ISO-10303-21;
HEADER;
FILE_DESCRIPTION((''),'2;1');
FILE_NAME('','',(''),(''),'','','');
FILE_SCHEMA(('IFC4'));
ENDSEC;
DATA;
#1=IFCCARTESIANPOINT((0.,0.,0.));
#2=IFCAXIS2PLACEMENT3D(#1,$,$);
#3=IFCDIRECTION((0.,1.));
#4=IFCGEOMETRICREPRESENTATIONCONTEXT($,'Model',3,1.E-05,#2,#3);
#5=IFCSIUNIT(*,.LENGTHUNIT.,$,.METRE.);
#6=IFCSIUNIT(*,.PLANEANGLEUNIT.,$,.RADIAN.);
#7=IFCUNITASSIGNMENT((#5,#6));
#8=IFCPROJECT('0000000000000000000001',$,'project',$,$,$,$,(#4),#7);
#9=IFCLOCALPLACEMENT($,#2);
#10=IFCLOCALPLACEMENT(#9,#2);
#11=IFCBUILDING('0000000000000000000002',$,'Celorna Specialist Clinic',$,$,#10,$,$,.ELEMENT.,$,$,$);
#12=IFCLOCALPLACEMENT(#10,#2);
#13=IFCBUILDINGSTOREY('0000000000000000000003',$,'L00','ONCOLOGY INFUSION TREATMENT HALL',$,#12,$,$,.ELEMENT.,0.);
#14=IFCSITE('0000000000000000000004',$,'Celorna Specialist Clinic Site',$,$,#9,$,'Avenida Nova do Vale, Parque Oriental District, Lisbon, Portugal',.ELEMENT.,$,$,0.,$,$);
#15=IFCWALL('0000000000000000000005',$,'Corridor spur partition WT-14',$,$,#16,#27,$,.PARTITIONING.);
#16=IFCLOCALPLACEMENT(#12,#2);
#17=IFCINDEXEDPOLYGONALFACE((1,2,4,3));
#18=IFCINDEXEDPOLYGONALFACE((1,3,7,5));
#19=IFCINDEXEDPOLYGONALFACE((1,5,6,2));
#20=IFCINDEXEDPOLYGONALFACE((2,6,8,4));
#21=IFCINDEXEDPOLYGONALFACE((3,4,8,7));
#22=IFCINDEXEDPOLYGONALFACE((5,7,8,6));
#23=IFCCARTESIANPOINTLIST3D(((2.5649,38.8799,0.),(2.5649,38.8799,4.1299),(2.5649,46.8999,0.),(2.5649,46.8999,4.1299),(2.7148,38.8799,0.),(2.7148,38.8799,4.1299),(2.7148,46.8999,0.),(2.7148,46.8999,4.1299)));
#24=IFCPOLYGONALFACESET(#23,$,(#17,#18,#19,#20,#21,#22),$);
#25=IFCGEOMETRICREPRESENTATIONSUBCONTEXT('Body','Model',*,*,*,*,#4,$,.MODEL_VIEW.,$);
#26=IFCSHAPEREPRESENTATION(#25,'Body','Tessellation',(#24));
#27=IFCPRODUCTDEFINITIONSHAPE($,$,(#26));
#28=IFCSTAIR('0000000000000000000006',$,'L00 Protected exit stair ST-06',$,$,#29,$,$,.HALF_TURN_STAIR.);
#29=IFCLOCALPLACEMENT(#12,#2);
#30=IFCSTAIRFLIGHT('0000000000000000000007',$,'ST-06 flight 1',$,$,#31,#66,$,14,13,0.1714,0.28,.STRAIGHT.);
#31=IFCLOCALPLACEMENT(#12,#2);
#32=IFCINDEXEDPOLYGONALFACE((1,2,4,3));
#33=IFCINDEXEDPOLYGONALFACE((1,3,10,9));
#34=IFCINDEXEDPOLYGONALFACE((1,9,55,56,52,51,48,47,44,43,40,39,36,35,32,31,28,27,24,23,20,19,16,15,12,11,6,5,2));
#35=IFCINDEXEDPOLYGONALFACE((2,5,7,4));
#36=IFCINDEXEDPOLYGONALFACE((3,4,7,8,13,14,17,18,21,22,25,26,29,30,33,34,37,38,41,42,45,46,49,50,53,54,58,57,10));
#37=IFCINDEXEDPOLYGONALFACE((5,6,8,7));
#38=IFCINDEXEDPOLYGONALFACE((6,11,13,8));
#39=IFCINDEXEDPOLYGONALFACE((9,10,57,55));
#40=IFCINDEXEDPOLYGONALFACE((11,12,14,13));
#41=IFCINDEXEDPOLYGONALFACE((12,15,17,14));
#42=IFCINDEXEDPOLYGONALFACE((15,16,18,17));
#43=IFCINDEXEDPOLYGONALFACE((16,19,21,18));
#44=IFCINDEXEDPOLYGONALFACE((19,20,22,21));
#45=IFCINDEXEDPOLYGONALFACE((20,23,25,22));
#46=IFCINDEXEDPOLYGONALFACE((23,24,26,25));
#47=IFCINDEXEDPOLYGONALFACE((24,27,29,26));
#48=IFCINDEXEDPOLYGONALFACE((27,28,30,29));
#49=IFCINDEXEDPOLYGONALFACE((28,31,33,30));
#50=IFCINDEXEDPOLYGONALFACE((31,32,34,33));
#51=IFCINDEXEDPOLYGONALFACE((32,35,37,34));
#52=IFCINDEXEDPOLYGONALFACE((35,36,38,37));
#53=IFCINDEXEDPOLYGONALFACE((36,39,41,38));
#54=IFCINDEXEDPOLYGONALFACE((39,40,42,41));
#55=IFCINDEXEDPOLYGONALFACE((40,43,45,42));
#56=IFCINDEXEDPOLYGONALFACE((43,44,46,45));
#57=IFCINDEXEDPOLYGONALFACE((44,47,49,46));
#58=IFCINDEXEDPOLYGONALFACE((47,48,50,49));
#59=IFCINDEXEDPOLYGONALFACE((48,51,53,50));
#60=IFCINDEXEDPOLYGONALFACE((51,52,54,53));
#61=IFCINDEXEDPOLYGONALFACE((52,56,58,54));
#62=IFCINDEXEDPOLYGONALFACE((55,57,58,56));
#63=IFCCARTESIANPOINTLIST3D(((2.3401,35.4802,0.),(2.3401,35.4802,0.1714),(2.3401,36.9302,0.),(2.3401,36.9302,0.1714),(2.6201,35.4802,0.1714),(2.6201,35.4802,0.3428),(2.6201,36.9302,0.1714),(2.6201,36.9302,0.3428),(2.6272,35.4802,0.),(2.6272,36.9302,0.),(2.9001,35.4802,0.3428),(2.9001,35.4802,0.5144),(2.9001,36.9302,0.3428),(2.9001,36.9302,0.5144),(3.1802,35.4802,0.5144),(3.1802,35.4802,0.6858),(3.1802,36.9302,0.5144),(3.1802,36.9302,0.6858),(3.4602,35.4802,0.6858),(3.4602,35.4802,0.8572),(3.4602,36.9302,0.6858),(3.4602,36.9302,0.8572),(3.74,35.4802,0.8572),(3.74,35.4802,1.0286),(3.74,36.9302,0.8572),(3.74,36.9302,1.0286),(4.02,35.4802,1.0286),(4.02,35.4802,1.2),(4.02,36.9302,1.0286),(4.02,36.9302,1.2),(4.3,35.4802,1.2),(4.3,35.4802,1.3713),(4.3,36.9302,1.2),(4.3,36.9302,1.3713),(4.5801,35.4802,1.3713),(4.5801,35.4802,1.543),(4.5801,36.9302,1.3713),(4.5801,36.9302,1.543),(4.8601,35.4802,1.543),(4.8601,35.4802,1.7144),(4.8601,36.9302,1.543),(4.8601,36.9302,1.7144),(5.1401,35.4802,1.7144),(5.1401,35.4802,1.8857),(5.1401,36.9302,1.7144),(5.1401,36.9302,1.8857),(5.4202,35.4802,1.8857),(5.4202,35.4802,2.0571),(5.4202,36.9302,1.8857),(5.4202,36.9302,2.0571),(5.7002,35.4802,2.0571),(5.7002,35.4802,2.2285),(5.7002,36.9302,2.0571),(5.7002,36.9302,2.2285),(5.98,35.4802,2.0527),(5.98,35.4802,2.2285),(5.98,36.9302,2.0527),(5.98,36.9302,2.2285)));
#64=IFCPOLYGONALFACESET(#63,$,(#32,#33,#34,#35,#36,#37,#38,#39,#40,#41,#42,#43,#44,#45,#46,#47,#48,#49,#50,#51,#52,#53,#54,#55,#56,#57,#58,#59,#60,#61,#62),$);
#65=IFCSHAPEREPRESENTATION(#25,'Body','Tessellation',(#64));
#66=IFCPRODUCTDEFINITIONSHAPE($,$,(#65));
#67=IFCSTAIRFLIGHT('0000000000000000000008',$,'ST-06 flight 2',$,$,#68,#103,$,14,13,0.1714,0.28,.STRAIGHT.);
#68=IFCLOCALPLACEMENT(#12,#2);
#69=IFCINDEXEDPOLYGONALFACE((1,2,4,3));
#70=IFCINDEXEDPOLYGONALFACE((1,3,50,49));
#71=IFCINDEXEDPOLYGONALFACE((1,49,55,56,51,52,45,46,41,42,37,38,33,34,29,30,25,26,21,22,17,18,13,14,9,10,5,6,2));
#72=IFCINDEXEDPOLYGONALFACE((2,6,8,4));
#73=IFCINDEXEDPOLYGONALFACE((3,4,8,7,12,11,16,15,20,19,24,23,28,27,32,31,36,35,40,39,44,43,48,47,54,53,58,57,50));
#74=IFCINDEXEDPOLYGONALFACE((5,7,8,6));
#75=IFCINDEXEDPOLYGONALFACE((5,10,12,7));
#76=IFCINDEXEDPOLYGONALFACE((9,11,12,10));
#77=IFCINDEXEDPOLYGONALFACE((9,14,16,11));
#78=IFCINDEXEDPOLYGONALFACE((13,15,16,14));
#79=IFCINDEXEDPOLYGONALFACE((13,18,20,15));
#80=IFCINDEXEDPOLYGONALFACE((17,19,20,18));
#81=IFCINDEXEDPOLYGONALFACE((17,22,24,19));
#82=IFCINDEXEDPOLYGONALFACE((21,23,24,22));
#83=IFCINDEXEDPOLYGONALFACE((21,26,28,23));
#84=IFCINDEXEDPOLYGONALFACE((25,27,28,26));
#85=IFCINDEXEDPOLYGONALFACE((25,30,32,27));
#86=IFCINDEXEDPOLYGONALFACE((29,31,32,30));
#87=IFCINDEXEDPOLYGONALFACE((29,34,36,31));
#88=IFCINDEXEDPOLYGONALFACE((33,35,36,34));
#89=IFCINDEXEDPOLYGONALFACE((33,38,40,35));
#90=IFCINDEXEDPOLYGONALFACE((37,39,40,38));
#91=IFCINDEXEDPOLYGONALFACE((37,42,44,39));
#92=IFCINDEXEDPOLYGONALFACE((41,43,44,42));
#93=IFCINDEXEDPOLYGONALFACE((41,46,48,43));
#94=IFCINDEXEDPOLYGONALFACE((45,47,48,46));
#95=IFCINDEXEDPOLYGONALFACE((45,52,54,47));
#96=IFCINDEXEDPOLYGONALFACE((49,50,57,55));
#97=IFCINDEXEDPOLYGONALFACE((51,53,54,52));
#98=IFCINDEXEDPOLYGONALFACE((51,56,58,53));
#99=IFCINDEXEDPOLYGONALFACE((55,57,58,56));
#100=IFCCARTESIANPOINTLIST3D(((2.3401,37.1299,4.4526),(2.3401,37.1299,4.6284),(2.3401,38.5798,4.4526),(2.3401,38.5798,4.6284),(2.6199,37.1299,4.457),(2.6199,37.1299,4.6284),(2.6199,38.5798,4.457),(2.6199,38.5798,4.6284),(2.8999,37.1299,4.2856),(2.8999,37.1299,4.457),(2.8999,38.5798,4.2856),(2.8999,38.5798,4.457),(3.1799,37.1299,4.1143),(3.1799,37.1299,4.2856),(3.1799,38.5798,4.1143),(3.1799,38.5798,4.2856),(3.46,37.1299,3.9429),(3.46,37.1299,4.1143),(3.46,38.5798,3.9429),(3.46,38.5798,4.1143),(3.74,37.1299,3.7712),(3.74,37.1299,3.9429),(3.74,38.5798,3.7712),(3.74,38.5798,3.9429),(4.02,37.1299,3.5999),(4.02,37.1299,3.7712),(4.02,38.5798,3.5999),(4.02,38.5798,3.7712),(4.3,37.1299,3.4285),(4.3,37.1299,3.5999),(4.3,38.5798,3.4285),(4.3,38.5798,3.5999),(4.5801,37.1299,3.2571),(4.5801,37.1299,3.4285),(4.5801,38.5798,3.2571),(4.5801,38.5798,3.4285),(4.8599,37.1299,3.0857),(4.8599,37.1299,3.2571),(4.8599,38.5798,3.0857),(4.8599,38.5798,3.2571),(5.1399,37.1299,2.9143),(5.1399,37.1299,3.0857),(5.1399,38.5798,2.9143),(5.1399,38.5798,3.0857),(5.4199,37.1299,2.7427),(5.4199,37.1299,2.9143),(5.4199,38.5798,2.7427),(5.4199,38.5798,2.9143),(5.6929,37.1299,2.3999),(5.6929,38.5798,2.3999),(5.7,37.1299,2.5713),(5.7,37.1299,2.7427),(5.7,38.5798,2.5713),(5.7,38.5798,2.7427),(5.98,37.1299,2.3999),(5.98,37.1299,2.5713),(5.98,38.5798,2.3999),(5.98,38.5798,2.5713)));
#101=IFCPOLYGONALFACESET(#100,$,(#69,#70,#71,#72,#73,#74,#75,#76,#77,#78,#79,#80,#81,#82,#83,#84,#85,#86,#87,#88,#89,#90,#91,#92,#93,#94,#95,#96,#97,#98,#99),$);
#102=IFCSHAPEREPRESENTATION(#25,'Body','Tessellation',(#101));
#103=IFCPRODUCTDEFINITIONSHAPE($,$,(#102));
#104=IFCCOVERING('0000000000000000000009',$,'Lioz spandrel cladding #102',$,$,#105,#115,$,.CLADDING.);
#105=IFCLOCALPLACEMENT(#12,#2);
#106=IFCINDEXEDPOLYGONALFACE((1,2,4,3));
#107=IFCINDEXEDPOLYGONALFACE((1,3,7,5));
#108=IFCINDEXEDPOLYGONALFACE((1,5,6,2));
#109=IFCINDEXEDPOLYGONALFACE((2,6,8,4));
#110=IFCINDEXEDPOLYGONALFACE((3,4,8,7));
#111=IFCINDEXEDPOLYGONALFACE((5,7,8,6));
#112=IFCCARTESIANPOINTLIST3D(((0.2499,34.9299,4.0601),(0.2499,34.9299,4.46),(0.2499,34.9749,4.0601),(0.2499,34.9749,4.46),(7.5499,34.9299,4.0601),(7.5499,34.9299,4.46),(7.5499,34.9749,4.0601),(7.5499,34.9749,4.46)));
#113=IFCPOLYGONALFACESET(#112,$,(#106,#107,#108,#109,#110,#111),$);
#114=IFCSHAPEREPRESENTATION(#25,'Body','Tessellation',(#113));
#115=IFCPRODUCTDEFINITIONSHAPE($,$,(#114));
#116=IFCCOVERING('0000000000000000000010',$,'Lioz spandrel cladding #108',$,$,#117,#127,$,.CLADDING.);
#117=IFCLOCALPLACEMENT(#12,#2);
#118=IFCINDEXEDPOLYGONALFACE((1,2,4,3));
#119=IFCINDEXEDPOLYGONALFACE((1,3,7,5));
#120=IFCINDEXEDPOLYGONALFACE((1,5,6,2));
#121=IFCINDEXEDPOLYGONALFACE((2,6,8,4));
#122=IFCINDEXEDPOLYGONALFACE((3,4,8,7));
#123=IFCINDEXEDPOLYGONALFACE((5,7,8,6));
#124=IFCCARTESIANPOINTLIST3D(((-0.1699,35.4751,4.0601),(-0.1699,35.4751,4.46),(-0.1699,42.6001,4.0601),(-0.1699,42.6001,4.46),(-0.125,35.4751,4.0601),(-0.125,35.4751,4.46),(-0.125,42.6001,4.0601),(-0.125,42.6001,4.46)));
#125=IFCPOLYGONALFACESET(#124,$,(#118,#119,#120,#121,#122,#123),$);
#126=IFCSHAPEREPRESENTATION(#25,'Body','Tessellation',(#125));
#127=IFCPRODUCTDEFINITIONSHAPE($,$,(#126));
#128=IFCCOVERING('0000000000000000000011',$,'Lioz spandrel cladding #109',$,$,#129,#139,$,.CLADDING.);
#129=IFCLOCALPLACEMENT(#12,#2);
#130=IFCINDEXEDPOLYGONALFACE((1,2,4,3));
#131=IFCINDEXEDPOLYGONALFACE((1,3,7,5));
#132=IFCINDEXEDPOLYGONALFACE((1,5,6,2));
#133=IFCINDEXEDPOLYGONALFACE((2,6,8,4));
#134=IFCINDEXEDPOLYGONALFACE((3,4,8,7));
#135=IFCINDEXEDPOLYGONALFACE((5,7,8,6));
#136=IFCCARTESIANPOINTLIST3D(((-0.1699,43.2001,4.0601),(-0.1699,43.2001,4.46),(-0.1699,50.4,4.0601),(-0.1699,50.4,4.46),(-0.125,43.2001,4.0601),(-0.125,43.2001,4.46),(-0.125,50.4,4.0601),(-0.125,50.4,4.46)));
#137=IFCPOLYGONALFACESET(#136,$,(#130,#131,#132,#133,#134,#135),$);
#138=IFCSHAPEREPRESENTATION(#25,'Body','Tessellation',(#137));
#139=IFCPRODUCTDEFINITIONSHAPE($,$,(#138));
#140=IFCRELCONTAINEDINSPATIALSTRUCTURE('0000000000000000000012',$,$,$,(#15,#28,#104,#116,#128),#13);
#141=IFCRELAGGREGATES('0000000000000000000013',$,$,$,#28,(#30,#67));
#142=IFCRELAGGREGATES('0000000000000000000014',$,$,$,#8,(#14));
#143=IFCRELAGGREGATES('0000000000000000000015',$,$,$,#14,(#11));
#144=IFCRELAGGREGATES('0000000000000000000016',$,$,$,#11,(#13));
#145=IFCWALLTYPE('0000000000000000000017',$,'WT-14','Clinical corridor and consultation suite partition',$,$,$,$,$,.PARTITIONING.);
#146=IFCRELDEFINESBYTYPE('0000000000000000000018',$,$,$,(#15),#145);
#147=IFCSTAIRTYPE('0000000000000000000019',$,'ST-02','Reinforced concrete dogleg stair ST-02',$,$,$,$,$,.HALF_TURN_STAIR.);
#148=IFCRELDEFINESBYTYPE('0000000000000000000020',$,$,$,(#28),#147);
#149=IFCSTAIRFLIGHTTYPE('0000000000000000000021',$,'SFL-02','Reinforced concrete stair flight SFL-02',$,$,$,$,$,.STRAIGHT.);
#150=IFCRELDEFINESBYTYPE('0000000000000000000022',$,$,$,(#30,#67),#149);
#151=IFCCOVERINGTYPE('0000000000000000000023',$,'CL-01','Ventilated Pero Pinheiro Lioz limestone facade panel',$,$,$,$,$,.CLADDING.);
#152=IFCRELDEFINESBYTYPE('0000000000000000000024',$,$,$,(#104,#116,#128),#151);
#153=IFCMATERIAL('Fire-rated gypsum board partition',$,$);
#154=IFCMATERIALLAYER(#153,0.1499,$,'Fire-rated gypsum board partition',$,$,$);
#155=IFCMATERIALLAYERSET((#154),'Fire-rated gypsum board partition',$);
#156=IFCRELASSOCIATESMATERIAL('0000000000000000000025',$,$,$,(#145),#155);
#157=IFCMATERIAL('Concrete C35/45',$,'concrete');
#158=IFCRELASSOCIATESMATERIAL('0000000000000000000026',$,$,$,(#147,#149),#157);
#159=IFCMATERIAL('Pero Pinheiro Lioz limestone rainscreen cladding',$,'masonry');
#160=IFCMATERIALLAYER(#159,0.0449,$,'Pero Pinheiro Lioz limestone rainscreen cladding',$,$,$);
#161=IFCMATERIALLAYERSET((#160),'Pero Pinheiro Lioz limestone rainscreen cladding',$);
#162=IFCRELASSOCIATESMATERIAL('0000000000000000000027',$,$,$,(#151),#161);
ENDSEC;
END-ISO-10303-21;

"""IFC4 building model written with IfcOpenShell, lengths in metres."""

from ifc_helpers import new_model, si_unit, direction, frame, frame_2d, origin, origin_2d, place, context, subcontext, project, spatial, polyline, rectangle, outline, extrude, material, layer, layer_set, type_object, element, aggregate, save


model = new_model("IFC4")

# Units and contexts
model_context = context("Model", 3, precision=1e-05, world=origin(), true_north=direction((0.0, 1.0)))
body_context = subcontext(model_context, "Body", "Model", "MODEL_VIEW")
ifc_project = project(units=[si_unit("LENGTHUNIT", "METRE"), si_unit("PLANEANGLEUNIT", "RADIAN")], contexts=[model_context])

# Site, building, storey
site_placement = place(None, origin())
site = spatial("IfcSite", under=ifc_project, at=site_placement, Name="Celorna Specialist Clinic Site", LongName="Avenida Nova do Vale, Parque Oriental District, Lisbon, Portugal", CompositionType="ELEMENT", RefElevation=0.0)
building_placement = place(site_placement, origin())
building = spatial("IfcBuilding", under=site, at=building_placement, Name="Celorna Specialist Clinic", CompositionType="ELEMENT")
storey_placement = place(building_placement, origin())
storey = spatial("IfcBuildingStorey", under=building, at=storey_placement, Name="L00", Description="ONCOLOGY INFUSION TREATMENT HALL", CompositionType="ELEMENT", Elevation=0.0)

# Shared definitions
ifc_material_1 = material(Name="Concrete C35/45", Category="concrete")

# Wall
ifc_material_2 = material(Name="Fire-rated gypsum board partition")
ifc_layer_1 = layer(ifc_material_2, 0.1499, Name="Fire-rated gypsum board partition")
ifc_layer_set_1 = layer_set([ifc_layer_1], Name="Fire-rated gypsum board partition")
wall_type_1 = type_object("IfcWallType", Name="WT-14", Description="Clinical corridor and consultation suite partition", PredefinedType="PARTITIONING", material=ifc_layer_set_1)
wall_1_placement = place(storey_placement, frame((2.6399, 38.8799, 0.0), z_axis=(0.0, 0.0, 1.0), x_axis=(0.0, 1.0, 0.0)))
element("IfcWall", 1, at=wall_1_placement, inside=storey, type_object=wall_type_1, Name="Corridor spur partition WT-14", PredefinedType="PARTITIONING", context=body_context, shape_type="SweptSolid", body=[
    extrude(rectangle(XDim=8.02, YDim=0.1499, at=frame_2d((4.01, 0.0))), origin(), (0.0, 0.0, 1.0), 4.1299),
])

# Stair, stair flights
stair_type = type_object("IfcStairType", Name="ST-02", Description="Reinforced concrete dogleg stair ST-02", PredefinedType="HALF_TURN_STAIR", material=ifc_material_1)
stair_placement = place(storey_placement, origin())
stair = element("IfcStair", 2, at=stair_placement, inside=storey, type_object=stair_type, Name="L00 Protected exit stair ST-06", PredefinedType="HALF_TURN_STAIR")
stair_flight_type = type_object("IfcStairFlightType", Name="SFL-02", Description="Reinforced concrete stair flight SFL-02", PredefinedType="STRAIGHT", material=ifc_material_1)
stair_flight_1_placement = place(storey_placement, frame((2.3401, 36.2051, 0.0), z_axis=(0.0, 0.0, 1.0), x_axis=(1.0, 0.0, 0.0)))
stair_flight_1 = element("IfcStairFlight", 3, at=stair_flight_1_placement, type_object=stair_flight_type, Name="ST-06 flight 1", NumberOfRisers=14, NumberOfTreads=13, PredefinedType="STRAIGHT", RiserHeight=0.1714, TreadLength=0.28, context=body_context, shape_type="SweptSolid", body=[
    extrude(outline(polyline([(0.0, 0.0), (0.0, 0.1714), (0.28, 0.1714), (0.28, 0.3428), (0.5601, 0.3428), (0.5601, 0.5144), (0.8401, 0.5144), (0.8401, 0.6858), (1.1201, 0.6858), (1.1201, 0.8572), (1.3999, 0.8572), (1.3999, 1.0286), (1.6799, 1.0286), (1.6799, 1.2), (1.96, 1.2), (1.96, 1.3713), (2.24, 1.3713), (2.24, 1.543), (2.52, 1.543), (2.52, 1.7144), (2.8, 1.7144), (2.8, 1.8857), (3.0801, 1.8857), (3.0801, 2.0571), (3.3601, 2.0571), (3.3601, 2.2285), (3.6399, 2.2285), (3.6399, 2.3999), (3.6399, 2.0527), (0.2871, 0.0), (0.0, 0.0)])), frame((0.0, 0.7251, 0.0), z_axis=(0.0, -1.0, 0.0), x_axis=(1.0, 0.0, 0.0)), (0.0, 0.0, 1.0), 1.45),
])
stair_flight_2_placement = place(storey_placement, frame((5.98, 37.855, 2.3999), z_axis=(0.0, 0.0, 1.0), x_axis=(-1.0, 0.0, 0.0)))
stair_flight_2 = element("IfcStairFlight", 4, at=stair_flight_2_placement, type_object=stair_flight_type, Name="ST-06 flight 2", NumberOfRisers=14, NumberOfTreads=13, PredefinedType="STRAIGHT", RiserHeight=0.1714, TreadLength=0.28, context=body_context, shape_type="SweptSolid", body=[
    extrude(outline(polyline([(0.0, 0.0), (0.0, 0.1714), (0.28, 0.1714), (0.28, 0.3428), (0.5601, 0.3428), (0.5601, 0.5144), (0.8401, 0.5144), (0.8401, 0.6858), (1.1201, 0.6858), (1.1201, 0.8572), (1.3999, 0.8572), (1.3999, 1.0286), (1.6799, 1.0286), (1.6799, 1.2), (1.96, 1.2), (1.96, 1.3713), (2.24, 1.3713), (2.24, 1.543), (2.52, 1.543), (2.52, 1.7144), (2.8, 1.7144), (2.8, 1.8857), (3.0801, 1.8857), (3.0801, 2.0571), (3.3601, 2.0571), (3.3601, 2.2285), (3.6399, 2.2285), (3.6399, 2.3999), (3.6399, 2.0527), (0.2871, 0.0), (0.0, 0.0)])), frame((0.0, 0.7251, 0.0), z_axis=(0.0, -1.0, 0.0), x_axis=(1.0, 0.0, 0.0)), (0.0, 0.0, 1.0), 1.45),
])
aggregate(stair, [stair_flight_1, stair_flight_2])

# Coverings
ifc_material_3 = material(Name="Pero Pinheiro Lioz limestone rainscreen cladding", Category="masonry")
ifc_layer_2 = layer(ifc_material_3, 0.0449, Name="Pero Pinheiro Lioz limestone rainscreen cladding")
ifc_layer_set_2 = layer_set([ifc_layer_2], Name="Pero Pinheiro Lioz limestone rainscreen cladding")
covering_type = type_object("IfcCoveringType", Name="CL-01", Description="Ventilated Pero Pinheiro Lioz limestone facade panel", PredefinedType="CLADDING", material=ifc_layer_set_2)
covering_1_placement = place(storey_placement, frame((3.8999, 34.9524, 4.0601), z_axis=(0.0, 0.0, 1.0), x_axis=(-1.0, 0.0, 0.0)))
element("IfcCovering", 5, at=covering_1_placement, inside=storey, type_object=covering_type, Name="Lioz spandrel cladding #102", PredefinedType="CLADDING", context=body_context, shape_type="SweptSolid", body=[
    extrude(rectangle(XDim=7.3, YDim=0.0449, at=origin_2d()), origin(), (0.0, 0.0, 1.0), 0.3999),
])
covering_2_placement = place(storey_placement, frame((-0.1475, 39.0376, 4.0601), z_axis=(0.0, 0.0, 1.0), x_axis=(0.0, 1.0, 0.0)))
element("IfcCovering", 6, at=covering_2_placement, inside=storey, type_object=covering_type, Name="Lioz spandrel cladding #108", PredefinedType="CLADDING", context=body_context, shape_type="SweptSolid", body=[
    extrude(rectangle(XDim=7.125, YDim=0.0449, at=origin_2d()), origin(), (0.0, 0.0, 1.0), 0.3999),
])
covering_3_placement = place(storey_placement, frame((-0.1475, 46.8, 4.0601), z_axis=(0.0, 0.0, 1.0), x_axis=(0.0, 1.0, 0.0)))
element("IfcCovering", 7, at=covering_3_placement, inside=storey, type_object=covering_type, Name="Lioz spandrel cladding #109", PredefinedType="CLADDING", context=body_context, shape_type="SweptSolid", body=[
    extrude(rectangle(XDim=7.2, YDim=0.0449, at=origin_2d()), origin(), (0.0, 0.0, 1.0), 0.3999),
])

save(model, "model.ifc")
